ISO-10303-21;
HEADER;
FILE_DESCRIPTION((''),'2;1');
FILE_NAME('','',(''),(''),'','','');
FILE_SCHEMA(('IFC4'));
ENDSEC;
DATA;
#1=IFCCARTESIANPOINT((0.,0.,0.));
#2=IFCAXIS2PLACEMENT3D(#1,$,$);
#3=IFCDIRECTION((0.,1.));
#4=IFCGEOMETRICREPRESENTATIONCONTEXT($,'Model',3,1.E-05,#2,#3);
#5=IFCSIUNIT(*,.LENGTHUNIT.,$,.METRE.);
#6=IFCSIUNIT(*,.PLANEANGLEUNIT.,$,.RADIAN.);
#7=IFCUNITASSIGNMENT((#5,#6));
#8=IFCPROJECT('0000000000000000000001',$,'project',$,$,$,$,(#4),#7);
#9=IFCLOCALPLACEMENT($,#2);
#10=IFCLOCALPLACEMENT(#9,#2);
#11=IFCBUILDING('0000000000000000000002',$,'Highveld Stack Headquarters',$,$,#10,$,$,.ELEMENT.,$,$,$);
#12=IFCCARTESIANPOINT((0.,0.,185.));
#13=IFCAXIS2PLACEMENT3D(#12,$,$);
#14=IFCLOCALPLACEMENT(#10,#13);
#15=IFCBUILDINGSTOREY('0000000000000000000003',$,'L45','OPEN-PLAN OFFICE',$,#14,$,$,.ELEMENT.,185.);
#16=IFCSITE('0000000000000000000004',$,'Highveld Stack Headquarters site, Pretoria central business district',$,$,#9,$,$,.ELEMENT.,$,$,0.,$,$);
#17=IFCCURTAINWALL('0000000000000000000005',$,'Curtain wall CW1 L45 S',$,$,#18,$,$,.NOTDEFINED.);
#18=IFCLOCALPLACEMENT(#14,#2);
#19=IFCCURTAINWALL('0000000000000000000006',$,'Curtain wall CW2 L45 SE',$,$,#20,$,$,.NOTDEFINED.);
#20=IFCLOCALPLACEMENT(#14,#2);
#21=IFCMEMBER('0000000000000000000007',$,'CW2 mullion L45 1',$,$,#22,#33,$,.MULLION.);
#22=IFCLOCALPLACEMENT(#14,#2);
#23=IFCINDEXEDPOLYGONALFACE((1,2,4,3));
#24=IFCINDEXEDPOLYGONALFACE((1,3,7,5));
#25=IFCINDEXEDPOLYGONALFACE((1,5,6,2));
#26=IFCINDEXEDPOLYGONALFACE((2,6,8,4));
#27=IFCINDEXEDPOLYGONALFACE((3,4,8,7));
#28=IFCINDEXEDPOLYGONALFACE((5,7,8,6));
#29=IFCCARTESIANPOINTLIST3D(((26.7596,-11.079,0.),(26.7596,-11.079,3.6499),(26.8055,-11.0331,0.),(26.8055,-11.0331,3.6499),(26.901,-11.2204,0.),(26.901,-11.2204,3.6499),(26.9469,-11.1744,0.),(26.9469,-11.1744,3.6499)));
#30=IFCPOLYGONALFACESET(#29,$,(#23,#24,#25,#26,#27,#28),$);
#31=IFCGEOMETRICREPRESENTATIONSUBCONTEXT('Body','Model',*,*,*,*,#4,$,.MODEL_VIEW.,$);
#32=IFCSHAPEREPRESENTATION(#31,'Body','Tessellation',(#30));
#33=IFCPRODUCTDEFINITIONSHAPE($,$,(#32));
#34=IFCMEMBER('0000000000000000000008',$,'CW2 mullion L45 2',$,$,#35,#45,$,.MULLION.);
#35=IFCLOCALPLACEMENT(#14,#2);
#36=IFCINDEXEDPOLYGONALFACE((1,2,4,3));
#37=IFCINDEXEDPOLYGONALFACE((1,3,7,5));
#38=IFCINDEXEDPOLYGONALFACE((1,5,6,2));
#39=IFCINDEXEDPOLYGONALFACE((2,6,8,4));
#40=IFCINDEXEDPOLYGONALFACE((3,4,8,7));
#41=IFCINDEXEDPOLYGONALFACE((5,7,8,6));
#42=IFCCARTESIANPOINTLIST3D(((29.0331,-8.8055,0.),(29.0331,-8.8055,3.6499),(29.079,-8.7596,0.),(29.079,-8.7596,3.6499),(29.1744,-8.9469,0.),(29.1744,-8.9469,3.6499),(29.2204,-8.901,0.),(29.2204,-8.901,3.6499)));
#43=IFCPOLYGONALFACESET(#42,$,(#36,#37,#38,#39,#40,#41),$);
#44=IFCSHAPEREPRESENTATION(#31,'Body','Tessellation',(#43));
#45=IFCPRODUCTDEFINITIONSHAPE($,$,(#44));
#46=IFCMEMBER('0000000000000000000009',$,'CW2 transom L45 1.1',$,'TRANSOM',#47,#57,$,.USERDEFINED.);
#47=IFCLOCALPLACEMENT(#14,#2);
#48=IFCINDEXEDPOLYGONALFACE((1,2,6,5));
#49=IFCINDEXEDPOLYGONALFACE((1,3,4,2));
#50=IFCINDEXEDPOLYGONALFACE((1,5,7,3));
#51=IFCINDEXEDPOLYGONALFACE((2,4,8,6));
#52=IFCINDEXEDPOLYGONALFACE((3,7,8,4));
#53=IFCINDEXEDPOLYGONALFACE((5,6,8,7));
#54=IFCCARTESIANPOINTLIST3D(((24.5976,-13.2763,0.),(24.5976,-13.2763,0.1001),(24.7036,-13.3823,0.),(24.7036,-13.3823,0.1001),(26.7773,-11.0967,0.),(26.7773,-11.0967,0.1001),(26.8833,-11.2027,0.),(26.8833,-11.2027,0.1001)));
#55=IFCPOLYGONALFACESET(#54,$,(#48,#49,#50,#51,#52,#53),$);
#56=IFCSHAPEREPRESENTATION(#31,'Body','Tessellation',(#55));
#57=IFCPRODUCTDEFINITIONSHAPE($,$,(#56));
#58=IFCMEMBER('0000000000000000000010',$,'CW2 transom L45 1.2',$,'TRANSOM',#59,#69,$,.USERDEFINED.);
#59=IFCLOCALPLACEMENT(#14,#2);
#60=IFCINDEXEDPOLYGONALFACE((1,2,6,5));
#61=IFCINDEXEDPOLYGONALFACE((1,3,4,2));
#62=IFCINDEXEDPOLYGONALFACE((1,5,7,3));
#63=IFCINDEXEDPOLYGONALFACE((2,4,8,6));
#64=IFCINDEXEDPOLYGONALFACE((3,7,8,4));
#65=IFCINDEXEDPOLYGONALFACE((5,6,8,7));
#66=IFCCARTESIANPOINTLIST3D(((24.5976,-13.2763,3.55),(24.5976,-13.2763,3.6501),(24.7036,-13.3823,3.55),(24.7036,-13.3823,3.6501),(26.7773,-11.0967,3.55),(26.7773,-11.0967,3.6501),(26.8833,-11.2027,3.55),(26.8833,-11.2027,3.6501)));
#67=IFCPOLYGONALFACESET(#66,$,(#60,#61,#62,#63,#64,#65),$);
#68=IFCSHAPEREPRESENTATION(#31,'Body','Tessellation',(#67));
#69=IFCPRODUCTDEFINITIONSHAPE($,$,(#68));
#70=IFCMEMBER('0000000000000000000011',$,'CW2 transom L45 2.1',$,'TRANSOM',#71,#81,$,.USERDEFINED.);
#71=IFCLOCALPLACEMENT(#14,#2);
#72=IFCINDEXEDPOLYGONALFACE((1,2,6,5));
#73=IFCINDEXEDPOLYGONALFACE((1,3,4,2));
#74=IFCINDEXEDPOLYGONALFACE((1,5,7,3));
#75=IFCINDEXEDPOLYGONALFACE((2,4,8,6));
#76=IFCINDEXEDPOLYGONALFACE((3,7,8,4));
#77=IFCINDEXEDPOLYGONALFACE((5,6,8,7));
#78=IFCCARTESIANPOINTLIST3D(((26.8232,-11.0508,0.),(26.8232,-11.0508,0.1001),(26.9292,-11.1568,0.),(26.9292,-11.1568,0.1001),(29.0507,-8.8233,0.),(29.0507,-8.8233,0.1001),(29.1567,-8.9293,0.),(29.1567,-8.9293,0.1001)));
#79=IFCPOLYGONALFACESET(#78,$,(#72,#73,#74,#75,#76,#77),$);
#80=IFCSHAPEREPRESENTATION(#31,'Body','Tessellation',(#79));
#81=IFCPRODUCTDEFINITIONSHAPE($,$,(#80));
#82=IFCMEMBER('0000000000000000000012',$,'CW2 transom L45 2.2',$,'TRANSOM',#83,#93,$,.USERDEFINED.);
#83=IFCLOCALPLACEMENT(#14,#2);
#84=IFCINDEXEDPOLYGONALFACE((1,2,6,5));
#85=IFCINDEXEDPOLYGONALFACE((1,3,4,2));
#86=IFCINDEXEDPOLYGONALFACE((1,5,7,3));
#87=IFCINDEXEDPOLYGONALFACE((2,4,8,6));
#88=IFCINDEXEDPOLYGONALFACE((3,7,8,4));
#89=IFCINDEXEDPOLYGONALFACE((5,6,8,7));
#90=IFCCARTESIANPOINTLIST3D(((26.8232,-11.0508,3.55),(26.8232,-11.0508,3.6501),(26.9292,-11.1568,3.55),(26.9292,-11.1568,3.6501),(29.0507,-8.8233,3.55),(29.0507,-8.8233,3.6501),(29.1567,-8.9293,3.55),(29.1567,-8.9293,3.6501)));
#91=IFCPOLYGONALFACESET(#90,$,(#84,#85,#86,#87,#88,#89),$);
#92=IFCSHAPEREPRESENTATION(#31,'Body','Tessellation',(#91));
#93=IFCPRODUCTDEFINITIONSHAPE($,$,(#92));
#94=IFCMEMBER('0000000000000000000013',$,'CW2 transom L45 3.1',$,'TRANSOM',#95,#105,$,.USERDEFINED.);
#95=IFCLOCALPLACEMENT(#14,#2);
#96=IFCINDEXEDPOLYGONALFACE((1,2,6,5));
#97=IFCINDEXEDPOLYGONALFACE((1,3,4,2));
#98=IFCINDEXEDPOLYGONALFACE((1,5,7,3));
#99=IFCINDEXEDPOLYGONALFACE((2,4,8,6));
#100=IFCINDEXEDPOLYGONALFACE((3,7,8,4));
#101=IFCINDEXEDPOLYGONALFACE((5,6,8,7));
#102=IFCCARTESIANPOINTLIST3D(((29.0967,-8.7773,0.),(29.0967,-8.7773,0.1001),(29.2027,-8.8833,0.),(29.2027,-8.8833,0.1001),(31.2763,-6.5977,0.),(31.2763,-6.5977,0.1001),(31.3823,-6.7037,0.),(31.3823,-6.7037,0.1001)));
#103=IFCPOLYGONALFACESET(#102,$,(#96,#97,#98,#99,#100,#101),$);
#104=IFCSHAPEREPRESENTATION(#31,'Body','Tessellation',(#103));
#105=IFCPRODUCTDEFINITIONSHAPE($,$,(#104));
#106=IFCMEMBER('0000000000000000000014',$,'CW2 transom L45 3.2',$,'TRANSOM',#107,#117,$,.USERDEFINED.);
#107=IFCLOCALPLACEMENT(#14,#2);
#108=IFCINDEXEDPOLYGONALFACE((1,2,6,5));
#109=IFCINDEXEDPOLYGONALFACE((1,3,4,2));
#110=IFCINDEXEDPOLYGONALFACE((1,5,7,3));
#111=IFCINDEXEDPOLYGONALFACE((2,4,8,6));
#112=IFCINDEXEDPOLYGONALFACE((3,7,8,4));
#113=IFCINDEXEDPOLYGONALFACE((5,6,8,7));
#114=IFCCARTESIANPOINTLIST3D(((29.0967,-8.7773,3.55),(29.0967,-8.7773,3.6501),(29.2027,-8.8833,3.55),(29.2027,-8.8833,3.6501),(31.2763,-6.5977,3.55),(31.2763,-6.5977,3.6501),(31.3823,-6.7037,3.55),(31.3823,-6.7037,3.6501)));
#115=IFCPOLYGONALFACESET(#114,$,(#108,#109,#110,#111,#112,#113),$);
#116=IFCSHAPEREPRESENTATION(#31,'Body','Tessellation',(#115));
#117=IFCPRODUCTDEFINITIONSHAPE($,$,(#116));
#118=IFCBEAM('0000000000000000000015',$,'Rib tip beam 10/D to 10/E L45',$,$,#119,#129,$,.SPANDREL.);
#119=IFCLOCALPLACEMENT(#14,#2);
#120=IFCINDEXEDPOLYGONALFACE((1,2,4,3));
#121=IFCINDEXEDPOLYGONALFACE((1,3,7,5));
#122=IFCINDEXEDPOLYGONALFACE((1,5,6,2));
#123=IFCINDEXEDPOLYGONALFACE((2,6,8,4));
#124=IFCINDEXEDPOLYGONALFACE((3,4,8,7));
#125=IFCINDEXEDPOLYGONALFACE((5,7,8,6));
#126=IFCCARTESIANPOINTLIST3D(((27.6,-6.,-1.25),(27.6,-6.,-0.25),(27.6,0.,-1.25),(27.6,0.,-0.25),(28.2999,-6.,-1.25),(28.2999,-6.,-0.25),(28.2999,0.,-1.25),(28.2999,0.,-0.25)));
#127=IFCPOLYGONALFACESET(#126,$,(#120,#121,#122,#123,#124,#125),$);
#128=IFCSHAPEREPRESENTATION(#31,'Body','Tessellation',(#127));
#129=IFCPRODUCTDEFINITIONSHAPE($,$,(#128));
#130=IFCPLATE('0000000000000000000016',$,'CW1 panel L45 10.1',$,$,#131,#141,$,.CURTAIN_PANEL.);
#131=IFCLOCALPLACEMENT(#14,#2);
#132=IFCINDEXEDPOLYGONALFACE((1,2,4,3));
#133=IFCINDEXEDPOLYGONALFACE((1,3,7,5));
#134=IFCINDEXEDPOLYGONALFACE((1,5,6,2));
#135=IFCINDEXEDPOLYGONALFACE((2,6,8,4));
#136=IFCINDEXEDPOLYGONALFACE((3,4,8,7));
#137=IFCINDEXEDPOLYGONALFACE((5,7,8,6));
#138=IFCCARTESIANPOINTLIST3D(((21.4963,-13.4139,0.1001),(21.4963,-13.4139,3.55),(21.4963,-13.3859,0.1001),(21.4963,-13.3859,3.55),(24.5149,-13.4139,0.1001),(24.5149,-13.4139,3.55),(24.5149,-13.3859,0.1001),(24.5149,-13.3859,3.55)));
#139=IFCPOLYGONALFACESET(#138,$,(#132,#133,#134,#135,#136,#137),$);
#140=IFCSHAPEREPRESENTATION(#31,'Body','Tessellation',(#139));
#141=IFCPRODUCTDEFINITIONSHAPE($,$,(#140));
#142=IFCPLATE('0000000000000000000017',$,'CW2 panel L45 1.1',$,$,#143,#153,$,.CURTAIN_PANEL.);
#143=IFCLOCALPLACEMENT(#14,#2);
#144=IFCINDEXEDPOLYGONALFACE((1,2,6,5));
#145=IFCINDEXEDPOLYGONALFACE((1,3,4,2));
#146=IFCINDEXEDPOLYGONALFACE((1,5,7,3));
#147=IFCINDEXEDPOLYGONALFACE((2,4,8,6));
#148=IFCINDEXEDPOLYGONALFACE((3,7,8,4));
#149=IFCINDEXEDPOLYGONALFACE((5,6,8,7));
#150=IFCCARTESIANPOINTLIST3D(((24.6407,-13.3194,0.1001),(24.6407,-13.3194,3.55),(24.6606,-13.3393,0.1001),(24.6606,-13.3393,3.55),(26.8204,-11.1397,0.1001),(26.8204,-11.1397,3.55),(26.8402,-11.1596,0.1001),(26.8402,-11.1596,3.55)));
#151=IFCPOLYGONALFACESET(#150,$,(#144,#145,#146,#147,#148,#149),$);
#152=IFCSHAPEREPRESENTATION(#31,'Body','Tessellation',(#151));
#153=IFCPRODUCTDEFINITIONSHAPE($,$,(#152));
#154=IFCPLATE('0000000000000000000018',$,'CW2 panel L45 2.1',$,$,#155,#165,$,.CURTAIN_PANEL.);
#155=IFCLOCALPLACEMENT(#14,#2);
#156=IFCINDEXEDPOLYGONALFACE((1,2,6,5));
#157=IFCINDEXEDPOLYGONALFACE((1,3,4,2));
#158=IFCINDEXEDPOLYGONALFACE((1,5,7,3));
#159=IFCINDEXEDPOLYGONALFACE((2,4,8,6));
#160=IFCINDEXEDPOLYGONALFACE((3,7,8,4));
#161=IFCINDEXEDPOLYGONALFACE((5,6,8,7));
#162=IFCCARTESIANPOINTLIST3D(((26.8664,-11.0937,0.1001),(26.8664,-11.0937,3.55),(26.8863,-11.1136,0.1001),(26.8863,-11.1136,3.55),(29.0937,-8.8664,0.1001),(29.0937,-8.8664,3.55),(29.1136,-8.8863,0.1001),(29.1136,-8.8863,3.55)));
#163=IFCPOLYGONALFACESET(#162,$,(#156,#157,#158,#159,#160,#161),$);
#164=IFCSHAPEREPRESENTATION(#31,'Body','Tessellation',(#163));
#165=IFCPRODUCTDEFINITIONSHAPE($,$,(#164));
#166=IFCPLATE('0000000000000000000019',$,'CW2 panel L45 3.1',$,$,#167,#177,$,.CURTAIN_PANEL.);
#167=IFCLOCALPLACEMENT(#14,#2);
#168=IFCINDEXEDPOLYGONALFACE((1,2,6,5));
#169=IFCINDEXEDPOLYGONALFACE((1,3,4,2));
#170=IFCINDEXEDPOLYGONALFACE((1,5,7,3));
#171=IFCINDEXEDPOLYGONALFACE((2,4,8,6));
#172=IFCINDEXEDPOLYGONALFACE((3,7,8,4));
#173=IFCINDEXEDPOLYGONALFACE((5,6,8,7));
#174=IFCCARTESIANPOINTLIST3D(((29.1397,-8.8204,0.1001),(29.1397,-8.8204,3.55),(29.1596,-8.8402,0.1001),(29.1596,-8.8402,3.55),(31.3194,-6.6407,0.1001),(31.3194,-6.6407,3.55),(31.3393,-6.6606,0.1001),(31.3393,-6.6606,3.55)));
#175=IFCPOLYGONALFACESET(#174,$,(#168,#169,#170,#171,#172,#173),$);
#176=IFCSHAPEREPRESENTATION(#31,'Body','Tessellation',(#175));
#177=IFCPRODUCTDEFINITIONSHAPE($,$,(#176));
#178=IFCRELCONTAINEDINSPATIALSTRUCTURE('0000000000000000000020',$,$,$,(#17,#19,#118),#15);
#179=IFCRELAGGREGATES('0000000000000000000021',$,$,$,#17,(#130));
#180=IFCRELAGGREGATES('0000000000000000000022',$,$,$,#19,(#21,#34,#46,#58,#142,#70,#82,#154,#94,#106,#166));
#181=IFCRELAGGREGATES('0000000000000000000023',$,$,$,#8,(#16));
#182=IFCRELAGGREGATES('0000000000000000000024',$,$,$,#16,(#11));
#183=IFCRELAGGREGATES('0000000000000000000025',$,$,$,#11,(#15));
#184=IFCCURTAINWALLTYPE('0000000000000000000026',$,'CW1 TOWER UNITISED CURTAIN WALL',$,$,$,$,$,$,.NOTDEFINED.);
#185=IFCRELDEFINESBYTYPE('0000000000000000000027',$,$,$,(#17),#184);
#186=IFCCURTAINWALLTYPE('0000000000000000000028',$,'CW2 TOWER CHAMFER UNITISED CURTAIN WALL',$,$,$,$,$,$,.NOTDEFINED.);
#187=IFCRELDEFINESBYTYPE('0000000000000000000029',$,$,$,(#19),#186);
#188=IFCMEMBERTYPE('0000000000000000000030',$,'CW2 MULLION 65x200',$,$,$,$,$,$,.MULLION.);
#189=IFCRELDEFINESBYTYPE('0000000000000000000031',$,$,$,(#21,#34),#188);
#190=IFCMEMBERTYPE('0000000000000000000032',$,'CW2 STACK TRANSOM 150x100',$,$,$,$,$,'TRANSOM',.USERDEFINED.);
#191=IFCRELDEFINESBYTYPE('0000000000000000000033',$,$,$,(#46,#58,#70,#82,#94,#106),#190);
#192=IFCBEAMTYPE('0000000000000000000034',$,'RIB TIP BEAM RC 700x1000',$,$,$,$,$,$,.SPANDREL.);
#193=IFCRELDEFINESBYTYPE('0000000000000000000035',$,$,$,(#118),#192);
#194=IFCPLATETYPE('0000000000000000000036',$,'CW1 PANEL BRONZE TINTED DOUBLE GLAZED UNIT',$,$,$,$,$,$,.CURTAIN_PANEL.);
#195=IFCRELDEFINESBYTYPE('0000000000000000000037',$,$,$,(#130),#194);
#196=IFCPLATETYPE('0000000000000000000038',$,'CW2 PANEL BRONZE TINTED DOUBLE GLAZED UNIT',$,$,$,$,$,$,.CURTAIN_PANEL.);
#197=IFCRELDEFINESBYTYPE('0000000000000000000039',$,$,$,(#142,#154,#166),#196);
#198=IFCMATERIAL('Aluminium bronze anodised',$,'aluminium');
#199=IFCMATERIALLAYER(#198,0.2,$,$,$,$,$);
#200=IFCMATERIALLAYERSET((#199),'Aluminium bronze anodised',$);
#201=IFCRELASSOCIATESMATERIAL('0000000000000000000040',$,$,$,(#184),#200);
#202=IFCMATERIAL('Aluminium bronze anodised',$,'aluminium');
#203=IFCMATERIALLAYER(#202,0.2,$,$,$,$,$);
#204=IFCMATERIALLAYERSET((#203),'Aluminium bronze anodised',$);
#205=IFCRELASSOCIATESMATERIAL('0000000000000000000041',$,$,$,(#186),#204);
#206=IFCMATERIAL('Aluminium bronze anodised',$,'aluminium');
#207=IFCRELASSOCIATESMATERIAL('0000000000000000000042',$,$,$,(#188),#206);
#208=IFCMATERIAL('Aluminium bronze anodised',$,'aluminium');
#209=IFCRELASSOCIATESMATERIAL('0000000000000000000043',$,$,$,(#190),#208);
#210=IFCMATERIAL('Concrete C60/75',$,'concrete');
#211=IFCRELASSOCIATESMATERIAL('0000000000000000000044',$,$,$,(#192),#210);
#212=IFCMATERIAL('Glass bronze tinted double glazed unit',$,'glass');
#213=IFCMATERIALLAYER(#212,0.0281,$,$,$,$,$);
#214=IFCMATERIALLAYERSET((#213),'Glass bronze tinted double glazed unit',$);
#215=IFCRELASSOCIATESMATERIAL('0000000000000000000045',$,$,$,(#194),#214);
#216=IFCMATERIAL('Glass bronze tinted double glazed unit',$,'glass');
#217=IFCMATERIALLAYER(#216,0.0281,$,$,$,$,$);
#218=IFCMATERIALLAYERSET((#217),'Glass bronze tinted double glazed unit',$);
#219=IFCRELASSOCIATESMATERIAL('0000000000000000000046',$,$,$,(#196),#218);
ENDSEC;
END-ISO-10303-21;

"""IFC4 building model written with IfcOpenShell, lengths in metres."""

from ifc_helpers import new_model, si_unit, direction, frame, origin, origin_2d, place, context, subcontext, project, spatial, rectangle, extrude, material, layer, layer_set, material_profile, profile_set, type_object, element, aggregate, save


model = new_model("IFC4")

# Units and contexts
model_context = context("Model", 3, precision=1e-05, world=origin(), true_north=direction((0.0, 1.0)))
body_context = subcontext(model_context, "Body", "Model", "MODEL_VIEW")
ifc_project = project(units=[si_unit("LENGTHUNIT", "METRE"), si_unit("PLANEANGLEUNIT", "RADIAN")], contexts=[model_context])

# Site, building, storey
site_placement = place(None, origin())
site = spatial("IfcSite", under=ifc_project, at=site_placement, Name="Highveld Stack Headquarters site, Pretoria central business district", CompositionType="ELEMENT", RefElevation=0.0)
building_placement = place(site_placement, origin())
building = spatial("IfcBuilding", under=site, at=building_placement, Name="Highveld Stack Headquarters", CompositionType="ELEMENT")
storey_placement = place(building_placement, frame((0.0, 0.0, 185.0)))
storey = spatial("IfcBuildingStorey", under=building, at=storey_placement, Name="L45", Description="OPEN-PLAN OFFICE", CompositionType="ELEMENT", Elevation=185.0)

# Curtain wall
ifc_material_1 = material(Name="Aluminium bronze anodised", Category="aluminium")
ifc_layer_1 = layer(ifc_material_1, 0.2)
ifc_layer_set_1 = layer_set([ifc_layer_1], Name="Aluminium bronze anodised")
curtain_wall_type_1 = type_object("IfcCurtainWallType", Name="CW1 TOWER UNITISED CURTAIN WALL", PredefinedType="NOTDEFINED", material=ifc_layer_set_1)
curtain_wall_1_placement = place(storey_placement, origin())
curtain_wall_1 = element("IfcCurtainWall", 1, at=curtain_wall_1_placement, inside=storey, type_object=curtain_wall_type_1, Name="Curtain wall CW1 L45 S", PredefinedType="NOTDEFINED")

# Curtain wall, members
ifc_material_2 = material(Name="Aluminium bronze anodised", Category="aluminium")
ifc_layer_2 = layer(ifc_material_2, 0.2)
ifc_layer_set_2 = layer_set([ifc_layer_2], Name="Aluminium bronze anodised")
curtain_wall_type_2 = type_object("IfcCurtainWallType", Name="CW2 TOWER CHAMFER UNITISED CURTAIN WALL", PredefinedType="NOTDEFINED", material=ifc_layer_set_2)
curtain_wall_2_placement = place(storey_placement, origin())
curtain_wall_2 = element("IfcCurtainWall", 2, at=curtain_wall_2_placement, inside=storey, type_object=curtain_wall_type_2, Name="Curtain wall CW2 L45 SE", PredefinedType="NOTDEFINED")
ifc_material_3 = material(Name="Aluminium bronze anodised", Category="aluminium")
ifc_material_profile_1 = material_profile(ifc_material_3, rectangle(XDim=0.2, YDim=0.0649, at=origin_2d()), Name="CW2 MULLION 65x200")
ifc_profile_set_1 = profile_set([ifc_material_profile_1], Name="Aluminium bronze anodised")
member_type_1 = type_object("IfcMemberType", Name="CW2 MULLION 65x200", PredefinedType="MULLION", material=ifc_profile_set_1)
member_1_placement = place(storey_placement, frame((26.8533, -11.1267, 0.0), z_axis=(0.0, 0.0, 1.0), x_axis=(-0.707107, 0.707107, 0.0)))
member_1 = element("IfcMember", 3, at=member_1_placement, type_object=member_type_1, Name="CW2 mullion L45 1", PredefinedType="MULLION", context=body_context, shape_type="SweptSolid", body=[
    extrude(rectangle(XDim=0.2, YDim=0.0649, at=origin_2d()), origin(), (0.0, 0.0, 1.0), 3.6499),
])
member_2_placement = place(storey_placement, frame((29.1267, -8.8533, 0.0), z_axis=(0.0, 0.0, 1.0), x_axis=(-0.707107, 0.707107, 0.0)))
member_2 = element("IfcMember", 4, at=member_2_placement, type_object=member_type_1, Name="CW2 mullion L45 2", PredefinedType="MULLION", context=body_context, shape_type="SweptSolid", body=[
    extrude(rectangle(XDim=0.2, YDim=0.0649, at=origin_2d()), origin(), (0.0, 0.0, 1.0), 3.6499),
])
ifc_material_4 = material(Name="Aluminium bronze anodised", Category="aluminium")
ifc_material_profile_2 = material_profile(ifc_material_4, rectangle(XDim=0.1499, YDim=0.1001, at=origin_2d()), Name="CW2 TRANSOM 150x100")
ifc_profile_set_2 = profile_set([ifc_material_profile_2], Name="Aluminium bronze anodised")
member_type_2 = type_object("IfcMemberType", Name="CW2 STACK TRANSOM 150x100", ElementType="TRANSOM", PredefinedType="USERDEFINED", material=ifc_profile_set_2)
member_3_placement = place(storey_placement, frame((24.6506, -13.3293, 0.05), z_axis=(0.707107, 0.707107, 0.0), x_axis=(-0.707107, 0.707107, 0.0)))
member_3 = element("IfcMember", 5, at=member_3_placement, type_object=member_type_2, Name="CW2 transom L45 1.1", ObjectType="TRANSOM", PredefinedType="USERDEFINED", context=body_context, shape_type="SweptSolid", body=[
    extrude(rectangle(XDim=0.1499, YDim=0.1001, at=origin_2d()), origin(), (0.0, 0.0, 1.0), 3.0825),
])
member_4_placement = place(storey_placement, frame((24.6506, -13.3293, 3.6001), z_axis=(0.707107, 0.707107, 0.0), x_axis=(-0.707107, 0.707107, 0.0)))
member_4 = element("IfcMember", 6, at=member_4_placement, type_object=member_type_2, Name="CW2 transom L45 1.2", ObjectType="TRANSOM", PredefinedType="USERDEFINED", context=body_context, shape_type="SweptSolid", body=[
    extrude(rectangle(XDim=0.1499, YDim=0.1001, at=origin_2d()), origin(), (0.0, 0.0, 1.0), 3.0825),
])
member_5_placement = place(storey_placement, frame((26.8762, -11.1038, 0.05), z_axis=(0.707107, 0.707107, 0.0), x_axis=(-0.707107, 0.707107, 0.0)))
member_5 = element("IfcMember", 7, at=member_5_placement, type_object=member_type_2, Name="CW2 transom L45 2.1", ObjectType="TRANSOM", PredefinedType="USERDEFINED", context=body_context, shape_type="SweptSolid", body=[
    extrude(rectangle(XDim=0.1499, YDim=0.1001, at=origin_2d()), origin(), (0.0, 0.0, 1.0), 3.1501),
])
member_6_placement = place(storey_placement, frame((26.8762, -11.1038, 3.6001), z_axis=(0.707107, 0.707107, 0.0), x_axis=(-0.707107, 0.707107, 0.0)))
member_6 = element("IfcMember", 8, at=member_6_placement, type_object=member_type_2, Name="CW2 transom L45 2.2", ObjectType="TRANSOM", PredefinedType="USERDEFINED", context=body_context, shape_type="SweptSolid", body=[
    extrude(rectangle(XDim=0.1499, YDim=0.1001, at=origin_2d()), origin(), (0.0, 0.0, 1.0), 3.1501),
])
member_7_placement = place(storey_placement, frame((29.1497, -8.8303, 0.05), z_axis=(0.707107, 0.707107, 0.0), x_axis=(-0.707107, 0.707107, 0.0)))
member_7 = element("IfcMember", 9, at=member_7_placement, type_object=member_type_2, Name="CW2 transom L45 3.1", ObjectType="TRANSOM", PredefinedType="USERDEFINED", context=body_context, shape_type="SweptSolid", body=[
    extrude(rectangle(XDim=0.1499, YDim=0.1001, at=origin_2d()), origin(), (0.0, 0.0, 1.0), 3.0825),
])
member_8_placement = place(storey_placement, frame((29.1497, -8.8303, 3.6001), z_axis=(0.707107, 0.707107, 0.0), x_axis=(-0.707107, 0.707107, 0.0)))
member_8 = element("IfcMember", 10, at=member_8_placement, type_object=member_type_2, Name="CW2 transom L45 3.2", ObjectType="TRANSOM", PredefinedType="USERDEFINED", context=body_context, shape_type="SweptSolid", body=[
    extrude(rectangle(XDim=0.1499, YDim=0.1001, at=origin_2d()), origin(), (0.0, 0.0, 1.0), 3.0825),
])

# Beam
ifc_material_5 = material(Name="Concrete C60/75", Category="concrete")
ifc_material_profile_3 = material_profile(ifc_material_5, rectangle(XDim=0.7, YDim=1.0, at=origin_2d()), Name="RC 700x1000")
ifc_profile_set_3 = profile_set([ifc_material_profile_3], Name="Concrete C60/75")
beam_type_1 = type_object("IfcBeamType", Name="RIB TIP BEAM RC 700x1000", PredefinedType="SPANDREL", material=ifc_profile_set_3)
beam_1_placement = place(storey_placement, frame((27.95, -6.0, -0.75), z_axis=(0.0, 1.0, 0.0), x_axis=(-1.0, 0.0, 0.0)))
element("IfcBeam", 11, at=beam_1_placement, inside=storey, type_object=beam_type_1, Name="Rib tip beam 10/D to 10/E L45", PredefinedType="SPANDREL", context=body_context, shape_type="SweptSolid", body=[
    extrude(rectangle(XDim=0.7, YDim=1.0, at=origin_2d()), origin(), (0.0, 0.0, 1.0), 6.0),
])

# Plates
ifc_material_6 = material(Name="Glass bronze tinted double glazed unit", Category="glass")
ifc_layer_3 = layer(ifc_material_6, 0.0281)
ifc_layer_set_3 = layer_set([ifc_layer_3], Name="Glass bronze tinted double glazed unit")
plate_type_1 = type_object("IfcPlateType", Name="CW1 PANEL BRONZE TINTED DOUBLE GLAZED UNIT", PredefinedType="CURTAIN_PANEL", material=ifc_layer_set_3)
plate_1_placement = place(storey_placement, frame((23.0056, -13.3999, 0.1001), z_axis=(0.0, 0.0, 1.0), x_axis=(1.0, 0.0, 0.0)))
plate_1 = element("IfcPlate", 12, at=plate_1_placement, type_object=plate_type_1, Name="CW1 panel L45 10.1", PredefinedType="CURTAIN_PANEL", context=body_context, shape_type="SweptSolid", body=[
    extrude(rectangle(XDim=3.0186, YDim=0.0281, at=origin_2d()), origin(), (0.0, 0.0, 1.0), 3.45),
])
aggregate(curtain_wall_1, [plate_1])
ifc_material_7 = material(Name="Glass bronze tinted double glazed unit", Category="glass")
ifc_layer_4 = layer(ifc_material_7, 0.0281)
ifc_layer_set_4 = layer_set([ifc_layer_4], Name="Glass bronze tinted double glazed unit")
plate_type_2 = type_object("IfcPlateType", Name="CW2 PANEL BRONZE TINTED DOUBLE GLAZED UNIT", PredefinedType="CURTAIN_PANEL", material=ifc_layer_set_4)
plate_2_placement = place(storey_placement, frame((25.7405, -12.2395, 0.1001), z_axis=(0.0, 0.0, 1.0), x_axis=(0.707107, 0.707107, 0.0)))
plate_2 = element("IfcPlate", 13, at=plate_2_placement, type_object=plate_type_2, Name="CW2 panel L45 1.1", PredefinedType="CURTAIN_PANEL", context=body_context, shape_type="SweptSolid", body=[
    extrude(rectangle(XDim=3.0825, YDim=0.0281, at=origin_2d()), origin(), (0.0, 0.0, 1.0), 3.45),
])
plate_3_placement = place(storey_placement, frame((27.99, -9.99, 0.1001), z_axis=(0.0, 0.0, 1.0), x_axis=(0.707107, 0.707107, 0.0)))
plate_3 = element("IfcPlate", 14, at=plate_3_placement, type_object=plate_type_2, Name="CW2 panel L45 2.1", PredefinedType="CURTAIN_PANEL", context=body_context, shape_type="SweptSolid", body=[
    extrude(rectangle(XDim=3.1499, YDim=0.0281, at=origin_2d()), origin(), (0.0, 0.0, 1.0), 3.45),
])
plate_4_placement = place(storey_placement, frame((30.2395, -7.7405, 0.1001), z_axis=(0.0, 0.0, 1.0), x_axis=(0.707107, 0.707107, 0.0)))
plate_4 = element("IfcPlate", 15, at=plate_4_placement, type_object=plate_type_2, Name="CW2 panel L45 3.1", PredefinedType="CURTAIN_PANEL", context=body_context, shape_type="SweptSolid", body=[
    extrude(rectangle(XDim=3.0825, YDim=0.0281, at=origin_2d()), origin(), (0.0, 0.0, 1.0), 3.45),
])
aggregate(curtain_wall_2, [member_1, member_2, member_3, member_4, plate_2, member_5, member_6, plate_3, member_7, member_8, plate_4])

save(model, "model.ifc")
